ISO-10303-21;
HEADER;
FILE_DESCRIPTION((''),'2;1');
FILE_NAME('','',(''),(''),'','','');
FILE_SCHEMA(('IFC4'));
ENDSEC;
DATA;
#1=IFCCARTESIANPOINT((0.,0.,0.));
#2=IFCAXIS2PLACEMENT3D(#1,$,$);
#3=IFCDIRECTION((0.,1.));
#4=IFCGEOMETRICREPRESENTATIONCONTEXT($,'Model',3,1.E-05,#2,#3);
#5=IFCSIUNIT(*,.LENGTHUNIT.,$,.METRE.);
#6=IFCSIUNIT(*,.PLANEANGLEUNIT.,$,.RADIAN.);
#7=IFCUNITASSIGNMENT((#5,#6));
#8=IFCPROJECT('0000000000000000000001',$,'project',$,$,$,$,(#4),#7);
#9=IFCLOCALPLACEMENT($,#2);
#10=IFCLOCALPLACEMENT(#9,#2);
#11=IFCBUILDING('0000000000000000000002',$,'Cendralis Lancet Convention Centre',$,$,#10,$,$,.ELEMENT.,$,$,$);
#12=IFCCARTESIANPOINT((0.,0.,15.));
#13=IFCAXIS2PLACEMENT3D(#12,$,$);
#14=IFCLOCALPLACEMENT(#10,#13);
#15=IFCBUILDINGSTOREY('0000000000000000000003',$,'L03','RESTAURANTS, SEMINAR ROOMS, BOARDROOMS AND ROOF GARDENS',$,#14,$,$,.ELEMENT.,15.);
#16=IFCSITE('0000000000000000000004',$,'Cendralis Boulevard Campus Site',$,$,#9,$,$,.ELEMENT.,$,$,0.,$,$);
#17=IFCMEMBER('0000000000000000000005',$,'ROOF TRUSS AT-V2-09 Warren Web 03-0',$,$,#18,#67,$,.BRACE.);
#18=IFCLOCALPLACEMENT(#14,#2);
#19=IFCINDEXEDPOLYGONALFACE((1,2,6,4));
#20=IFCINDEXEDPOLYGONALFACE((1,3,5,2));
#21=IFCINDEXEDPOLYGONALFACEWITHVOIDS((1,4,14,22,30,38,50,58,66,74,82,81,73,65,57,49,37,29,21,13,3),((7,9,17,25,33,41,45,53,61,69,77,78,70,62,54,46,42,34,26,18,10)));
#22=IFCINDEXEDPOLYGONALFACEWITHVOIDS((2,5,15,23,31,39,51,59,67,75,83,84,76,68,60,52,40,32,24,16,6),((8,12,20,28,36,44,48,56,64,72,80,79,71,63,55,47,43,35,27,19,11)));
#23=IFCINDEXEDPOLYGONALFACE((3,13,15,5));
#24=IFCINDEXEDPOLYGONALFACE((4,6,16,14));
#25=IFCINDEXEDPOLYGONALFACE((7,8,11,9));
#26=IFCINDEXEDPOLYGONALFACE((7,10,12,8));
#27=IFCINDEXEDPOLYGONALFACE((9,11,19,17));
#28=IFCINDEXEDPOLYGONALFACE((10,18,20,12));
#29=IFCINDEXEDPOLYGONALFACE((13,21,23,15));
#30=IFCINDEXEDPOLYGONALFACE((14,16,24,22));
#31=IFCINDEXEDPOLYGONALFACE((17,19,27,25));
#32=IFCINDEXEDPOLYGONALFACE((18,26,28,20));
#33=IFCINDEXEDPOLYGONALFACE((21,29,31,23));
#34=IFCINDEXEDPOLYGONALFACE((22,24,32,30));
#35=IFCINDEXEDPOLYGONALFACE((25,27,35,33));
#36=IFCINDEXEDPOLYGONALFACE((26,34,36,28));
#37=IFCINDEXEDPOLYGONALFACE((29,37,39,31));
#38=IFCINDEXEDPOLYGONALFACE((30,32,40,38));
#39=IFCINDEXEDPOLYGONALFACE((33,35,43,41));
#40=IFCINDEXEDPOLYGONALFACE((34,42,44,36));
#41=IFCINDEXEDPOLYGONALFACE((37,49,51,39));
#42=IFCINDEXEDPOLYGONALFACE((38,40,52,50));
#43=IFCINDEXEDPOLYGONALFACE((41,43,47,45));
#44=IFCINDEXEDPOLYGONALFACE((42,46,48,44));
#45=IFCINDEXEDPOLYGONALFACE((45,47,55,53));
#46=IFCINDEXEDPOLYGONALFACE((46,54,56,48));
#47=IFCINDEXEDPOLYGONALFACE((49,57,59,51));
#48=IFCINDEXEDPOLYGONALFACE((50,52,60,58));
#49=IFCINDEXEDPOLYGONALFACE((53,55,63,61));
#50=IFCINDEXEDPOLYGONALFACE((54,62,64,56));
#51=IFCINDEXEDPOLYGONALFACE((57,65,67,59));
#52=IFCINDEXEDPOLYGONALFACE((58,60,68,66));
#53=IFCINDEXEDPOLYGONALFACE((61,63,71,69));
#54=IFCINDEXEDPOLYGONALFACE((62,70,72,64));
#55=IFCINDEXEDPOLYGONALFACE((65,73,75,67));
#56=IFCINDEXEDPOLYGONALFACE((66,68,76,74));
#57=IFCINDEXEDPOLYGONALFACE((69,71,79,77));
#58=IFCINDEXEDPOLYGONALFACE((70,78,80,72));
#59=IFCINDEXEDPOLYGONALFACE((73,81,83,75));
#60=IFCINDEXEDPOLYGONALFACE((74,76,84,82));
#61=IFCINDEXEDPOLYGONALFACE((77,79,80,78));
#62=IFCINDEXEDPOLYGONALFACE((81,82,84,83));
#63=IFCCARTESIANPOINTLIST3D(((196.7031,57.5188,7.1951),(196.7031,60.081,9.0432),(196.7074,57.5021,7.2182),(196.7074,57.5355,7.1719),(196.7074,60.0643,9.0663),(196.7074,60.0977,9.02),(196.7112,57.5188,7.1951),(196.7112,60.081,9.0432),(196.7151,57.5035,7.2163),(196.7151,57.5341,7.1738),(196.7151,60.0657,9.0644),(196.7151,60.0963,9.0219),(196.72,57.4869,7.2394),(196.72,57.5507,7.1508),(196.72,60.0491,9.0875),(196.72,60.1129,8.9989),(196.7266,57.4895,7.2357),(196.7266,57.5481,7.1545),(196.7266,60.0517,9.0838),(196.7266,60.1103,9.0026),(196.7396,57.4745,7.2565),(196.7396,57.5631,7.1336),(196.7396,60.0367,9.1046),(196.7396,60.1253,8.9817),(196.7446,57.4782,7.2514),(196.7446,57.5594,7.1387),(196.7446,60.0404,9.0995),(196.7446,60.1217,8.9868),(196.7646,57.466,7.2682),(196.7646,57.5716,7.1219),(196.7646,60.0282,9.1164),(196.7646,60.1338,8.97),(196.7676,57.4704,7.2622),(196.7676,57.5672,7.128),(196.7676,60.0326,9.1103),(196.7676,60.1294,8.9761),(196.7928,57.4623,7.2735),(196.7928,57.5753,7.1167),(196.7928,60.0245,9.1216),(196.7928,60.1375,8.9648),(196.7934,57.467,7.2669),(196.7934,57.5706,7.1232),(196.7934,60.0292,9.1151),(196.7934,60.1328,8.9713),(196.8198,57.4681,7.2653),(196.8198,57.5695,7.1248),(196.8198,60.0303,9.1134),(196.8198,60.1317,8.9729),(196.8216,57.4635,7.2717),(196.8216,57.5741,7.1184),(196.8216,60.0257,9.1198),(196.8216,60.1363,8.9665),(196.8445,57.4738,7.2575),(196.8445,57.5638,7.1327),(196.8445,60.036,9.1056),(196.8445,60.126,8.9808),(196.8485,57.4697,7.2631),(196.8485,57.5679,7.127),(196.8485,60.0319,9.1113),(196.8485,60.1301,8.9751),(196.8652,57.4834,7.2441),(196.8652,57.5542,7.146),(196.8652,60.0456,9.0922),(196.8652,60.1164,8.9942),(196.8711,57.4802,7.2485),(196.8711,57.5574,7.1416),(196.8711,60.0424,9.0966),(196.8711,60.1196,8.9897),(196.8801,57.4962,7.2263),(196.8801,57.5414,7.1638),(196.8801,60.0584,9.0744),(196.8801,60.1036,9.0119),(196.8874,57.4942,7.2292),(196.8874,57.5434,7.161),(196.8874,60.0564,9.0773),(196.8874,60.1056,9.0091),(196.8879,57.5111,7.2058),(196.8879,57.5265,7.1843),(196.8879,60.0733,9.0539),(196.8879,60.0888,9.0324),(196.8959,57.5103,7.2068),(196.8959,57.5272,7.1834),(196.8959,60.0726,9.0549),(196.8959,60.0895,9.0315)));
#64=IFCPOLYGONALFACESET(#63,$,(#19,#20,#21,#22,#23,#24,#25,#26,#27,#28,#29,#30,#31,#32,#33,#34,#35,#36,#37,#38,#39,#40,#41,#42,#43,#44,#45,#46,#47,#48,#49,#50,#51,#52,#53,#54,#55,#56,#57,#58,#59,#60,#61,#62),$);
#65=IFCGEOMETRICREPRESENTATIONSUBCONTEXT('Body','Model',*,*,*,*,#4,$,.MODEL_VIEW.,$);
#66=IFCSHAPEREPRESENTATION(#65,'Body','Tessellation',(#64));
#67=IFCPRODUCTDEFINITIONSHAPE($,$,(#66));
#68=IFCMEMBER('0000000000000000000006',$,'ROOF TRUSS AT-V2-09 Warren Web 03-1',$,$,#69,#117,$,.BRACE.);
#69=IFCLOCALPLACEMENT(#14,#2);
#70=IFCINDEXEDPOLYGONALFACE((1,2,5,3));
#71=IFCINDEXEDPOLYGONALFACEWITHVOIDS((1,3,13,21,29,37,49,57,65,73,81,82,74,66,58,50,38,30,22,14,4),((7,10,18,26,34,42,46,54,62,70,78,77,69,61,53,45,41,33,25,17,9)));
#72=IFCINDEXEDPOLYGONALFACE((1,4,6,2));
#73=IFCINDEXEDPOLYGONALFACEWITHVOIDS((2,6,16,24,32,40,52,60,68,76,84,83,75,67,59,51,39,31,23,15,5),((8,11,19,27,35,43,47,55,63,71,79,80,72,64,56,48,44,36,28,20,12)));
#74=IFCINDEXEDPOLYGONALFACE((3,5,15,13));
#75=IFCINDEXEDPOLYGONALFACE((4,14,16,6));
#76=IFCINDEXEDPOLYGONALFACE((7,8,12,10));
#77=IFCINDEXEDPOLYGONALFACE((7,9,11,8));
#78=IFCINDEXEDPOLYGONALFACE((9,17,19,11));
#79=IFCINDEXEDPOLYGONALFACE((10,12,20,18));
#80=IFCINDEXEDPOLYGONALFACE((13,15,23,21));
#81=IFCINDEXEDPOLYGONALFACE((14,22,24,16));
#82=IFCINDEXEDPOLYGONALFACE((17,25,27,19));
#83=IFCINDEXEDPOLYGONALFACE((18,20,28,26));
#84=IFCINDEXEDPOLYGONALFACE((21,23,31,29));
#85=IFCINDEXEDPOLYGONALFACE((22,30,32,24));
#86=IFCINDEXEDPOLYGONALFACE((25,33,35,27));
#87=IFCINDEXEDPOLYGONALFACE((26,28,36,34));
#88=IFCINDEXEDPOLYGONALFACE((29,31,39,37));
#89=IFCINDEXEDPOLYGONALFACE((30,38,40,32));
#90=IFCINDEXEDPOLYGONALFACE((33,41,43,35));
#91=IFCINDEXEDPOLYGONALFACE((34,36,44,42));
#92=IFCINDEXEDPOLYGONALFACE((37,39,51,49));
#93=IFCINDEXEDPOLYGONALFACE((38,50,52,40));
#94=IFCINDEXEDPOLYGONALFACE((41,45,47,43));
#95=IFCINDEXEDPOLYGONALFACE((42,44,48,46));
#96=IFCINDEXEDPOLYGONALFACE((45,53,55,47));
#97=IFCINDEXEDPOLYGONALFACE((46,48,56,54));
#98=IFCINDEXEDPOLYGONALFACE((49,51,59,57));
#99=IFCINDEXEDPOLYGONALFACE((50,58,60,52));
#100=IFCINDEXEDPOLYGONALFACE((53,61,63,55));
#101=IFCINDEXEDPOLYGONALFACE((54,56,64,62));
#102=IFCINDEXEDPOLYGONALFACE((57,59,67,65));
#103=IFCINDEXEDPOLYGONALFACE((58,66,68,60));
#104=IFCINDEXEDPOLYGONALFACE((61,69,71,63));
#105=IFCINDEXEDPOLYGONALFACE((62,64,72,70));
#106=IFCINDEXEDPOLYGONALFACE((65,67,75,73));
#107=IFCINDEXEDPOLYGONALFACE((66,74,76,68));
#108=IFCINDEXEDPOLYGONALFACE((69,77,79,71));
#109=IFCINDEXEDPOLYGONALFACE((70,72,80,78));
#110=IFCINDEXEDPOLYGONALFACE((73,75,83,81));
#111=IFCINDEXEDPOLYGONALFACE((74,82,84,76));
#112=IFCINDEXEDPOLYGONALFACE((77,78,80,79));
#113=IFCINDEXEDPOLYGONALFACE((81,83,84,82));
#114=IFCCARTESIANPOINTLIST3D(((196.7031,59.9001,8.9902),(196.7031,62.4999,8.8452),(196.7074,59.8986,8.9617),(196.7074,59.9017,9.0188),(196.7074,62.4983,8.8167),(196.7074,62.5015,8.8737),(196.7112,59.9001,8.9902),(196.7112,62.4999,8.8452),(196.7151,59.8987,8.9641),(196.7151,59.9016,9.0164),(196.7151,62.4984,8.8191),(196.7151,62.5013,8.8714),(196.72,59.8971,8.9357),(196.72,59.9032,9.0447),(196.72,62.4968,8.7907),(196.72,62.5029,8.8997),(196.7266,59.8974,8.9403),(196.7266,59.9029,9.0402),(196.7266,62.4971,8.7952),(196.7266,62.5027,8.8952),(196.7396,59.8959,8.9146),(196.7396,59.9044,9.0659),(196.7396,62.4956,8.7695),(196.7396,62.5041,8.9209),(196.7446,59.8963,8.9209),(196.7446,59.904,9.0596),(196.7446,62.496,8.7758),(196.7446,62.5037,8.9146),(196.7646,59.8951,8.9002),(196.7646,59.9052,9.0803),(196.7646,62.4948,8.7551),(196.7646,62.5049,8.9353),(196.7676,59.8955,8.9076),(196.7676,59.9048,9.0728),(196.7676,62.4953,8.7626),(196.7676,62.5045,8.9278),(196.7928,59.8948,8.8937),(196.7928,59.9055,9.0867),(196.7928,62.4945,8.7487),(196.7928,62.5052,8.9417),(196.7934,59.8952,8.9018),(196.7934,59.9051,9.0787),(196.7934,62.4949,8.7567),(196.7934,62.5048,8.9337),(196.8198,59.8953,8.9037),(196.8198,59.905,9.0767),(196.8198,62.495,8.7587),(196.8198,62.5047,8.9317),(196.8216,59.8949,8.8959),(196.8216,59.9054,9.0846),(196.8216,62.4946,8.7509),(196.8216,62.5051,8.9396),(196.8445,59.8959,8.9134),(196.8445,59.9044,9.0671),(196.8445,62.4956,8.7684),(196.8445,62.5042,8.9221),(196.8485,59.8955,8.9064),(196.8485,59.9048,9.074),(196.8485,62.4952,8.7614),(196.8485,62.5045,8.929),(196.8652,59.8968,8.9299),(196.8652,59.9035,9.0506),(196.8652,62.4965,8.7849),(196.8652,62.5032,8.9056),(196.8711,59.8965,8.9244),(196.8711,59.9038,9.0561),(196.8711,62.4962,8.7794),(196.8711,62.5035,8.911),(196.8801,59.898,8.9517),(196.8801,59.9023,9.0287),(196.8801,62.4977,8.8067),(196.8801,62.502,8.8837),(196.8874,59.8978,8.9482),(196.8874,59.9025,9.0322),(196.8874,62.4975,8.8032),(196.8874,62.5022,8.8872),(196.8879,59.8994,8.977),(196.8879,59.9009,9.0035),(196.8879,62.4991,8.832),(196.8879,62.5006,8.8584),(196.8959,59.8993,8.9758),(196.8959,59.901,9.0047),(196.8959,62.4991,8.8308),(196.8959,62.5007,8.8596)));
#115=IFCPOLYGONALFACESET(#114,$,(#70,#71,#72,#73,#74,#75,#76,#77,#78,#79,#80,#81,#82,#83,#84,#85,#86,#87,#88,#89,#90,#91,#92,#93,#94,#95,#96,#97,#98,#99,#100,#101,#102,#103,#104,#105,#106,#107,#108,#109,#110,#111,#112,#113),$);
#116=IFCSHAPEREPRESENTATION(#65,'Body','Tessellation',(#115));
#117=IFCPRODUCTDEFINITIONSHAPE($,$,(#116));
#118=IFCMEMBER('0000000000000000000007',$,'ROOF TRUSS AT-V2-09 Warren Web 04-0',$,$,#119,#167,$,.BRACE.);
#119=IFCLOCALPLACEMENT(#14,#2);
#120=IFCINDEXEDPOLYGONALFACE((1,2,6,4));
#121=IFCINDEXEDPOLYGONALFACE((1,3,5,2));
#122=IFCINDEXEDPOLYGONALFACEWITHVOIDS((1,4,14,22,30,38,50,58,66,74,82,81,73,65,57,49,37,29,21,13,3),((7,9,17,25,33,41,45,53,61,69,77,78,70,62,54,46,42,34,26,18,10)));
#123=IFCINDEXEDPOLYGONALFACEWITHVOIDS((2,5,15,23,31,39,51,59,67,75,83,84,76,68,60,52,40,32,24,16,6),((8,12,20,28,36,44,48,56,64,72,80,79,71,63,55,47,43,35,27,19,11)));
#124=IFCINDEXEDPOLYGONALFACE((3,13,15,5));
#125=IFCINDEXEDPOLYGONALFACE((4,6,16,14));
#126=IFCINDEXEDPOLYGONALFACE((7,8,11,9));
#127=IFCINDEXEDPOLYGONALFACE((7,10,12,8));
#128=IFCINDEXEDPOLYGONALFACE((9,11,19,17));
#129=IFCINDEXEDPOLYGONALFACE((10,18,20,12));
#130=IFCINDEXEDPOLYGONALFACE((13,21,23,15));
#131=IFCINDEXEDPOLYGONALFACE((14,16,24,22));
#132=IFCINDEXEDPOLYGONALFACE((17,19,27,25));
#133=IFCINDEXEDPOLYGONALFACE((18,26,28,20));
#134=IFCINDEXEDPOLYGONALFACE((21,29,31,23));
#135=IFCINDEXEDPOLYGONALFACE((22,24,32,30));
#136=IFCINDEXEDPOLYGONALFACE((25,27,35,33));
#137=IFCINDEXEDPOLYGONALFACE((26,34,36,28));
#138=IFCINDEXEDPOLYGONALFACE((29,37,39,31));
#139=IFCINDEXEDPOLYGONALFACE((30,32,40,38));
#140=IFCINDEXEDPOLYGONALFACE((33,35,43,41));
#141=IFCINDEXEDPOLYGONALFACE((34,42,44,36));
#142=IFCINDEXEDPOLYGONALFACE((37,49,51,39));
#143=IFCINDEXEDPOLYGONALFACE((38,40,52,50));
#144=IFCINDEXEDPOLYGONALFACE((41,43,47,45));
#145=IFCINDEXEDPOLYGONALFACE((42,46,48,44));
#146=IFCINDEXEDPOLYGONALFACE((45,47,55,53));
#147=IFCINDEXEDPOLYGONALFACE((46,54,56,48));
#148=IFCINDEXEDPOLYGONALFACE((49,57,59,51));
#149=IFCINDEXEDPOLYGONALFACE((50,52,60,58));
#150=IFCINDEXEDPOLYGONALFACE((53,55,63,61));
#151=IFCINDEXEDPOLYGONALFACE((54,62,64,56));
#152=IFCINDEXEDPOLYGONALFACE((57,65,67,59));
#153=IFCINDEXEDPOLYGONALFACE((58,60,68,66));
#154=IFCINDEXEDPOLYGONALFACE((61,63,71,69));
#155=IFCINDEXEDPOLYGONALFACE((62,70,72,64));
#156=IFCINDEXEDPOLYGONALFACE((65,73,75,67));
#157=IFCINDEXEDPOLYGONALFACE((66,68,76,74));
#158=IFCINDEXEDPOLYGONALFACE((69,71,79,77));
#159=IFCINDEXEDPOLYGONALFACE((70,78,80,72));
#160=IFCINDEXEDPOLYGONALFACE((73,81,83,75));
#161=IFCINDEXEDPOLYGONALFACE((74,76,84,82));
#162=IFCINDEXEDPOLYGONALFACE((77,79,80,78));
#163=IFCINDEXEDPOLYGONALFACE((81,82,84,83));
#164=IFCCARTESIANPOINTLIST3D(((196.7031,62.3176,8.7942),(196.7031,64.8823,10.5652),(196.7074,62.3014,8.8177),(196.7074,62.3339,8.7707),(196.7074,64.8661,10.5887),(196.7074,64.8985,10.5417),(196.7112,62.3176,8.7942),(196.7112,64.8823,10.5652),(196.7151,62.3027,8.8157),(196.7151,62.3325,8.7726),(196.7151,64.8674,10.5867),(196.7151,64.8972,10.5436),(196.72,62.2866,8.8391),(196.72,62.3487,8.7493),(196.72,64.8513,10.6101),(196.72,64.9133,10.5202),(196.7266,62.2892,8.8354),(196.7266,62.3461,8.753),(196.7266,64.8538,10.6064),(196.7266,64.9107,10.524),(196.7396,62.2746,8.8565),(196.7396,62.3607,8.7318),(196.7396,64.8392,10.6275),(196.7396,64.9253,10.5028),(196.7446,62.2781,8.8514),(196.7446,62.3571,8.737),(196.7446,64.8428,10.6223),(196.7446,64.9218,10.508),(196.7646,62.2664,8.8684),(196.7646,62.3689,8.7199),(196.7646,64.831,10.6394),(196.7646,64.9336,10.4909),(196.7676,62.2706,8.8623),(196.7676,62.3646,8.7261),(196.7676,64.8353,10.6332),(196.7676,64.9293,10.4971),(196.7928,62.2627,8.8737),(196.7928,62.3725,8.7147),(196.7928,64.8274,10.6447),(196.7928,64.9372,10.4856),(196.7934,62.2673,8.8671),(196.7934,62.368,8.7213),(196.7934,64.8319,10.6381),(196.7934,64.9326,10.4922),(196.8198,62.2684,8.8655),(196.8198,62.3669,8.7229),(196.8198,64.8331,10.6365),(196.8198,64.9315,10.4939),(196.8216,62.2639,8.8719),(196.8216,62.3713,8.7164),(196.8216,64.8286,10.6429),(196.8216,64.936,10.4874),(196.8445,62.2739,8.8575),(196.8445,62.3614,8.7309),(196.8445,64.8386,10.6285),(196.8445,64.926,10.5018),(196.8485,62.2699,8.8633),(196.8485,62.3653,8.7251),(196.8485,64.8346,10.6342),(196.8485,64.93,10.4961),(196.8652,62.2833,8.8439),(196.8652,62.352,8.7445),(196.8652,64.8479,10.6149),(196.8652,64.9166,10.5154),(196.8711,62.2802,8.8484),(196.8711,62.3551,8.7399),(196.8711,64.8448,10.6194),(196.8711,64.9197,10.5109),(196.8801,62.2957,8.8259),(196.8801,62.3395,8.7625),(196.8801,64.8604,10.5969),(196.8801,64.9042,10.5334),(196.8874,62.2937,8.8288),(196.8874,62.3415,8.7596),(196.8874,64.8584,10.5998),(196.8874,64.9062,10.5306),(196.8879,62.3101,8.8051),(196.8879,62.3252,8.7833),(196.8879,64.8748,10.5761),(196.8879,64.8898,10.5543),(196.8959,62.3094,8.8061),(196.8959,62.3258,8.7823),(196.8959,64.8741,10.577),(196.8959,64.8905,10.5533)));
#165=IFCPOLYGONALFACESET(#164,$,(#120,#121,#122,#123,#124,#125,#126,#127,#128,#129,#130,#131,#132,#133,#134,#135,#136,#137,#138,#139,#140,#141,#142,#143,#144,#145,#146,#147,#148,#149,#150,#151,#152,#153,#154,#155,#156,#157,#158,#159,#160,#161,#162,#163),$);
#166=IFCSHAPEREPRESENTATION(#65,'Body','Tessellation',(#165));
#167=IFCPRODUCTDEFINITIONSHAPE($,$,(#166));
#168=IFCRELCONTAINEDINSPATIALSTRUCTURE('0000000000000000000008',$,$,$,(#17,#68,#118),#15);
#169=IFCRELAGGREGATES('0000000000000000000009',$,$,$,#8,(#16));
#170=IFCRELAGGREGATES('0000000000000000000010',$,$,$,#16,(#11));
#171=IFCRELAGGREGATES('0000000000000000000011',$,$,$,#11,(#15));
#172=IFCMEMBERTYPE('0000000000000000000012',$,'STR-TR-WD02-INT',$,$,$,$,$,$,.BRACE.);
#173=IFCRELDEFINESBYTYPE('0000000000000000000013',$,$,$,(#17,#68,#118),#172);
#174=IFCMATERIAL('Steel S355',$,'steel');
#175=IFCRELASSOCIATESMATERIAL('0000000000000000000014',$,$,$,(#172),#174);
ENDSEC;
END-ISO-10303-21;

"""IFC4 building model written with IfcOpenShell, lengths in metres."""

from ifc_helpers import new_model, si_unit, direction, frame, origin, origin_2d, place, context, subcontext, project, spatial, hollow_circle, extrude, material, material_profile, profile_set, type_object, element, save


model = new_model("IFC4")

# Units and contexts
model_context = context("Model", 3, precision=1e-05, world=origin(), true_north=direction((0.0, 1.0)))
body_context = subcontext(model_context, "Body", "Model", "MODEL_VIEW")
ifc_project = project(units=[si_unit("LENGTHUNIT", "METRE"), si_unit("PLANEANGLEUNIT", "RADIAN")], contexts=[model_context])

# Site, building, storey
site_placement = place(None, origin())
site = spatial("IfcSite", under=ifc_project, at=site_placement, Name="Cendralis Boulevard Campus Site", CompositionType="ELEMENT", RefElevation=0.0)
building_placement = place(site_placement, origin())
building = spatial("IfcBuilding", under=site, at=building_placement, Name="Cendralis Lancet Convention Centre", CompositionType="ELEMENT")
storey_placement = place(building_placement, frame((0.0, 0.0, 15.0)))
storey = spatial("IfcBuildingStorey", under=building, at=storey_placement, Name="L03", Description="RESTAURANTS, SEMINAR ROOMS, BOARDROOMS AND ROOF GARDENS", CompositionType="ELEMENT", Elevation=15.0)

# Members
ifc_material = material(Name="Steel S355", Category="steel")
ifc_material_profile_1 = material_profile(ifc_material, hollow_circle(Radius=0.0969, WallThickness=0.0081, at=origin_2d()), Name="CHS 193.7x8.0")
ifc_profile_set_1 = profile_set([ifc_material_profile_1], Name="Steel S355")
member_type_1 = type_object("IfcMemberType", Name="STR-TR-WD02-INT", PredefinedType="BRACE", material=ifc_profile_set_1)
member_1_placement = place(storey_placement, frame((196.8, 57.5188, 7.1951), z_axis=(0.0, 0.811036, 0.584997), x_axis=(-1.0, 0.0, 0.0)))
element("IfcMember", 1, at=member_1_placement, inside=storey, type_object=member_type_1, Name="ROOF TRUSS AT-V2-09 Warren Web 03-0", PredefinedType="BRACE", context=body_context, shape_type="SweptSolid", body=[
    extrude(hollow_circle(Radius=0.0969, WallThickness=0.0081, at=origin_2d()), origin(), (0.0, 0.0, 1.0), 3.1592),
])
member_2_placement = place(storey_placement, frame((196.8, 59.9001, 8.9902), z_axis=(0.0, 0.998448, -0.055699), x_axis=(-1.0, 0.0, 0.0)))
element("IfcMember", 2, at=member_2_placement, inside=storey, type_object=member_type_1, Name="ROOF TRUSS AT-V2-09 Warren Web 03-1", PredefinedType="BRACE", context=body_context, shape_type="SweptSolid", body=[
    extrude(hollow_circle(Radius=0.0969, WallThickness=0.0081, at=origin_2d()), origin(), (0.0, 0.0, 1.0), 2.6038),
])
member_3_placement = place(storey_placement, frame((196.8, 62.3176, 8.7942), z_axis=(0.0, 0.822877, 0.56822), x_axis=(-1.0, 0.0, 0.0)))
element("IfcMember", 3, at=member_3_placement, inside=storey, type_object=member_type_1, Name="ROOF TRUSS AT-V2-09 Warren Web 04-0", PredefinedType="BRACE", context=body_context, shape_type="SweptSolid", body=[
    extrude(hollow_circle(Radius=0.0969, WallThickness=0.0081, at=origin_2d()), origin(), (0.0, 0.0, 1.0), 3.1167),
])

save(model, "model.ifc")
